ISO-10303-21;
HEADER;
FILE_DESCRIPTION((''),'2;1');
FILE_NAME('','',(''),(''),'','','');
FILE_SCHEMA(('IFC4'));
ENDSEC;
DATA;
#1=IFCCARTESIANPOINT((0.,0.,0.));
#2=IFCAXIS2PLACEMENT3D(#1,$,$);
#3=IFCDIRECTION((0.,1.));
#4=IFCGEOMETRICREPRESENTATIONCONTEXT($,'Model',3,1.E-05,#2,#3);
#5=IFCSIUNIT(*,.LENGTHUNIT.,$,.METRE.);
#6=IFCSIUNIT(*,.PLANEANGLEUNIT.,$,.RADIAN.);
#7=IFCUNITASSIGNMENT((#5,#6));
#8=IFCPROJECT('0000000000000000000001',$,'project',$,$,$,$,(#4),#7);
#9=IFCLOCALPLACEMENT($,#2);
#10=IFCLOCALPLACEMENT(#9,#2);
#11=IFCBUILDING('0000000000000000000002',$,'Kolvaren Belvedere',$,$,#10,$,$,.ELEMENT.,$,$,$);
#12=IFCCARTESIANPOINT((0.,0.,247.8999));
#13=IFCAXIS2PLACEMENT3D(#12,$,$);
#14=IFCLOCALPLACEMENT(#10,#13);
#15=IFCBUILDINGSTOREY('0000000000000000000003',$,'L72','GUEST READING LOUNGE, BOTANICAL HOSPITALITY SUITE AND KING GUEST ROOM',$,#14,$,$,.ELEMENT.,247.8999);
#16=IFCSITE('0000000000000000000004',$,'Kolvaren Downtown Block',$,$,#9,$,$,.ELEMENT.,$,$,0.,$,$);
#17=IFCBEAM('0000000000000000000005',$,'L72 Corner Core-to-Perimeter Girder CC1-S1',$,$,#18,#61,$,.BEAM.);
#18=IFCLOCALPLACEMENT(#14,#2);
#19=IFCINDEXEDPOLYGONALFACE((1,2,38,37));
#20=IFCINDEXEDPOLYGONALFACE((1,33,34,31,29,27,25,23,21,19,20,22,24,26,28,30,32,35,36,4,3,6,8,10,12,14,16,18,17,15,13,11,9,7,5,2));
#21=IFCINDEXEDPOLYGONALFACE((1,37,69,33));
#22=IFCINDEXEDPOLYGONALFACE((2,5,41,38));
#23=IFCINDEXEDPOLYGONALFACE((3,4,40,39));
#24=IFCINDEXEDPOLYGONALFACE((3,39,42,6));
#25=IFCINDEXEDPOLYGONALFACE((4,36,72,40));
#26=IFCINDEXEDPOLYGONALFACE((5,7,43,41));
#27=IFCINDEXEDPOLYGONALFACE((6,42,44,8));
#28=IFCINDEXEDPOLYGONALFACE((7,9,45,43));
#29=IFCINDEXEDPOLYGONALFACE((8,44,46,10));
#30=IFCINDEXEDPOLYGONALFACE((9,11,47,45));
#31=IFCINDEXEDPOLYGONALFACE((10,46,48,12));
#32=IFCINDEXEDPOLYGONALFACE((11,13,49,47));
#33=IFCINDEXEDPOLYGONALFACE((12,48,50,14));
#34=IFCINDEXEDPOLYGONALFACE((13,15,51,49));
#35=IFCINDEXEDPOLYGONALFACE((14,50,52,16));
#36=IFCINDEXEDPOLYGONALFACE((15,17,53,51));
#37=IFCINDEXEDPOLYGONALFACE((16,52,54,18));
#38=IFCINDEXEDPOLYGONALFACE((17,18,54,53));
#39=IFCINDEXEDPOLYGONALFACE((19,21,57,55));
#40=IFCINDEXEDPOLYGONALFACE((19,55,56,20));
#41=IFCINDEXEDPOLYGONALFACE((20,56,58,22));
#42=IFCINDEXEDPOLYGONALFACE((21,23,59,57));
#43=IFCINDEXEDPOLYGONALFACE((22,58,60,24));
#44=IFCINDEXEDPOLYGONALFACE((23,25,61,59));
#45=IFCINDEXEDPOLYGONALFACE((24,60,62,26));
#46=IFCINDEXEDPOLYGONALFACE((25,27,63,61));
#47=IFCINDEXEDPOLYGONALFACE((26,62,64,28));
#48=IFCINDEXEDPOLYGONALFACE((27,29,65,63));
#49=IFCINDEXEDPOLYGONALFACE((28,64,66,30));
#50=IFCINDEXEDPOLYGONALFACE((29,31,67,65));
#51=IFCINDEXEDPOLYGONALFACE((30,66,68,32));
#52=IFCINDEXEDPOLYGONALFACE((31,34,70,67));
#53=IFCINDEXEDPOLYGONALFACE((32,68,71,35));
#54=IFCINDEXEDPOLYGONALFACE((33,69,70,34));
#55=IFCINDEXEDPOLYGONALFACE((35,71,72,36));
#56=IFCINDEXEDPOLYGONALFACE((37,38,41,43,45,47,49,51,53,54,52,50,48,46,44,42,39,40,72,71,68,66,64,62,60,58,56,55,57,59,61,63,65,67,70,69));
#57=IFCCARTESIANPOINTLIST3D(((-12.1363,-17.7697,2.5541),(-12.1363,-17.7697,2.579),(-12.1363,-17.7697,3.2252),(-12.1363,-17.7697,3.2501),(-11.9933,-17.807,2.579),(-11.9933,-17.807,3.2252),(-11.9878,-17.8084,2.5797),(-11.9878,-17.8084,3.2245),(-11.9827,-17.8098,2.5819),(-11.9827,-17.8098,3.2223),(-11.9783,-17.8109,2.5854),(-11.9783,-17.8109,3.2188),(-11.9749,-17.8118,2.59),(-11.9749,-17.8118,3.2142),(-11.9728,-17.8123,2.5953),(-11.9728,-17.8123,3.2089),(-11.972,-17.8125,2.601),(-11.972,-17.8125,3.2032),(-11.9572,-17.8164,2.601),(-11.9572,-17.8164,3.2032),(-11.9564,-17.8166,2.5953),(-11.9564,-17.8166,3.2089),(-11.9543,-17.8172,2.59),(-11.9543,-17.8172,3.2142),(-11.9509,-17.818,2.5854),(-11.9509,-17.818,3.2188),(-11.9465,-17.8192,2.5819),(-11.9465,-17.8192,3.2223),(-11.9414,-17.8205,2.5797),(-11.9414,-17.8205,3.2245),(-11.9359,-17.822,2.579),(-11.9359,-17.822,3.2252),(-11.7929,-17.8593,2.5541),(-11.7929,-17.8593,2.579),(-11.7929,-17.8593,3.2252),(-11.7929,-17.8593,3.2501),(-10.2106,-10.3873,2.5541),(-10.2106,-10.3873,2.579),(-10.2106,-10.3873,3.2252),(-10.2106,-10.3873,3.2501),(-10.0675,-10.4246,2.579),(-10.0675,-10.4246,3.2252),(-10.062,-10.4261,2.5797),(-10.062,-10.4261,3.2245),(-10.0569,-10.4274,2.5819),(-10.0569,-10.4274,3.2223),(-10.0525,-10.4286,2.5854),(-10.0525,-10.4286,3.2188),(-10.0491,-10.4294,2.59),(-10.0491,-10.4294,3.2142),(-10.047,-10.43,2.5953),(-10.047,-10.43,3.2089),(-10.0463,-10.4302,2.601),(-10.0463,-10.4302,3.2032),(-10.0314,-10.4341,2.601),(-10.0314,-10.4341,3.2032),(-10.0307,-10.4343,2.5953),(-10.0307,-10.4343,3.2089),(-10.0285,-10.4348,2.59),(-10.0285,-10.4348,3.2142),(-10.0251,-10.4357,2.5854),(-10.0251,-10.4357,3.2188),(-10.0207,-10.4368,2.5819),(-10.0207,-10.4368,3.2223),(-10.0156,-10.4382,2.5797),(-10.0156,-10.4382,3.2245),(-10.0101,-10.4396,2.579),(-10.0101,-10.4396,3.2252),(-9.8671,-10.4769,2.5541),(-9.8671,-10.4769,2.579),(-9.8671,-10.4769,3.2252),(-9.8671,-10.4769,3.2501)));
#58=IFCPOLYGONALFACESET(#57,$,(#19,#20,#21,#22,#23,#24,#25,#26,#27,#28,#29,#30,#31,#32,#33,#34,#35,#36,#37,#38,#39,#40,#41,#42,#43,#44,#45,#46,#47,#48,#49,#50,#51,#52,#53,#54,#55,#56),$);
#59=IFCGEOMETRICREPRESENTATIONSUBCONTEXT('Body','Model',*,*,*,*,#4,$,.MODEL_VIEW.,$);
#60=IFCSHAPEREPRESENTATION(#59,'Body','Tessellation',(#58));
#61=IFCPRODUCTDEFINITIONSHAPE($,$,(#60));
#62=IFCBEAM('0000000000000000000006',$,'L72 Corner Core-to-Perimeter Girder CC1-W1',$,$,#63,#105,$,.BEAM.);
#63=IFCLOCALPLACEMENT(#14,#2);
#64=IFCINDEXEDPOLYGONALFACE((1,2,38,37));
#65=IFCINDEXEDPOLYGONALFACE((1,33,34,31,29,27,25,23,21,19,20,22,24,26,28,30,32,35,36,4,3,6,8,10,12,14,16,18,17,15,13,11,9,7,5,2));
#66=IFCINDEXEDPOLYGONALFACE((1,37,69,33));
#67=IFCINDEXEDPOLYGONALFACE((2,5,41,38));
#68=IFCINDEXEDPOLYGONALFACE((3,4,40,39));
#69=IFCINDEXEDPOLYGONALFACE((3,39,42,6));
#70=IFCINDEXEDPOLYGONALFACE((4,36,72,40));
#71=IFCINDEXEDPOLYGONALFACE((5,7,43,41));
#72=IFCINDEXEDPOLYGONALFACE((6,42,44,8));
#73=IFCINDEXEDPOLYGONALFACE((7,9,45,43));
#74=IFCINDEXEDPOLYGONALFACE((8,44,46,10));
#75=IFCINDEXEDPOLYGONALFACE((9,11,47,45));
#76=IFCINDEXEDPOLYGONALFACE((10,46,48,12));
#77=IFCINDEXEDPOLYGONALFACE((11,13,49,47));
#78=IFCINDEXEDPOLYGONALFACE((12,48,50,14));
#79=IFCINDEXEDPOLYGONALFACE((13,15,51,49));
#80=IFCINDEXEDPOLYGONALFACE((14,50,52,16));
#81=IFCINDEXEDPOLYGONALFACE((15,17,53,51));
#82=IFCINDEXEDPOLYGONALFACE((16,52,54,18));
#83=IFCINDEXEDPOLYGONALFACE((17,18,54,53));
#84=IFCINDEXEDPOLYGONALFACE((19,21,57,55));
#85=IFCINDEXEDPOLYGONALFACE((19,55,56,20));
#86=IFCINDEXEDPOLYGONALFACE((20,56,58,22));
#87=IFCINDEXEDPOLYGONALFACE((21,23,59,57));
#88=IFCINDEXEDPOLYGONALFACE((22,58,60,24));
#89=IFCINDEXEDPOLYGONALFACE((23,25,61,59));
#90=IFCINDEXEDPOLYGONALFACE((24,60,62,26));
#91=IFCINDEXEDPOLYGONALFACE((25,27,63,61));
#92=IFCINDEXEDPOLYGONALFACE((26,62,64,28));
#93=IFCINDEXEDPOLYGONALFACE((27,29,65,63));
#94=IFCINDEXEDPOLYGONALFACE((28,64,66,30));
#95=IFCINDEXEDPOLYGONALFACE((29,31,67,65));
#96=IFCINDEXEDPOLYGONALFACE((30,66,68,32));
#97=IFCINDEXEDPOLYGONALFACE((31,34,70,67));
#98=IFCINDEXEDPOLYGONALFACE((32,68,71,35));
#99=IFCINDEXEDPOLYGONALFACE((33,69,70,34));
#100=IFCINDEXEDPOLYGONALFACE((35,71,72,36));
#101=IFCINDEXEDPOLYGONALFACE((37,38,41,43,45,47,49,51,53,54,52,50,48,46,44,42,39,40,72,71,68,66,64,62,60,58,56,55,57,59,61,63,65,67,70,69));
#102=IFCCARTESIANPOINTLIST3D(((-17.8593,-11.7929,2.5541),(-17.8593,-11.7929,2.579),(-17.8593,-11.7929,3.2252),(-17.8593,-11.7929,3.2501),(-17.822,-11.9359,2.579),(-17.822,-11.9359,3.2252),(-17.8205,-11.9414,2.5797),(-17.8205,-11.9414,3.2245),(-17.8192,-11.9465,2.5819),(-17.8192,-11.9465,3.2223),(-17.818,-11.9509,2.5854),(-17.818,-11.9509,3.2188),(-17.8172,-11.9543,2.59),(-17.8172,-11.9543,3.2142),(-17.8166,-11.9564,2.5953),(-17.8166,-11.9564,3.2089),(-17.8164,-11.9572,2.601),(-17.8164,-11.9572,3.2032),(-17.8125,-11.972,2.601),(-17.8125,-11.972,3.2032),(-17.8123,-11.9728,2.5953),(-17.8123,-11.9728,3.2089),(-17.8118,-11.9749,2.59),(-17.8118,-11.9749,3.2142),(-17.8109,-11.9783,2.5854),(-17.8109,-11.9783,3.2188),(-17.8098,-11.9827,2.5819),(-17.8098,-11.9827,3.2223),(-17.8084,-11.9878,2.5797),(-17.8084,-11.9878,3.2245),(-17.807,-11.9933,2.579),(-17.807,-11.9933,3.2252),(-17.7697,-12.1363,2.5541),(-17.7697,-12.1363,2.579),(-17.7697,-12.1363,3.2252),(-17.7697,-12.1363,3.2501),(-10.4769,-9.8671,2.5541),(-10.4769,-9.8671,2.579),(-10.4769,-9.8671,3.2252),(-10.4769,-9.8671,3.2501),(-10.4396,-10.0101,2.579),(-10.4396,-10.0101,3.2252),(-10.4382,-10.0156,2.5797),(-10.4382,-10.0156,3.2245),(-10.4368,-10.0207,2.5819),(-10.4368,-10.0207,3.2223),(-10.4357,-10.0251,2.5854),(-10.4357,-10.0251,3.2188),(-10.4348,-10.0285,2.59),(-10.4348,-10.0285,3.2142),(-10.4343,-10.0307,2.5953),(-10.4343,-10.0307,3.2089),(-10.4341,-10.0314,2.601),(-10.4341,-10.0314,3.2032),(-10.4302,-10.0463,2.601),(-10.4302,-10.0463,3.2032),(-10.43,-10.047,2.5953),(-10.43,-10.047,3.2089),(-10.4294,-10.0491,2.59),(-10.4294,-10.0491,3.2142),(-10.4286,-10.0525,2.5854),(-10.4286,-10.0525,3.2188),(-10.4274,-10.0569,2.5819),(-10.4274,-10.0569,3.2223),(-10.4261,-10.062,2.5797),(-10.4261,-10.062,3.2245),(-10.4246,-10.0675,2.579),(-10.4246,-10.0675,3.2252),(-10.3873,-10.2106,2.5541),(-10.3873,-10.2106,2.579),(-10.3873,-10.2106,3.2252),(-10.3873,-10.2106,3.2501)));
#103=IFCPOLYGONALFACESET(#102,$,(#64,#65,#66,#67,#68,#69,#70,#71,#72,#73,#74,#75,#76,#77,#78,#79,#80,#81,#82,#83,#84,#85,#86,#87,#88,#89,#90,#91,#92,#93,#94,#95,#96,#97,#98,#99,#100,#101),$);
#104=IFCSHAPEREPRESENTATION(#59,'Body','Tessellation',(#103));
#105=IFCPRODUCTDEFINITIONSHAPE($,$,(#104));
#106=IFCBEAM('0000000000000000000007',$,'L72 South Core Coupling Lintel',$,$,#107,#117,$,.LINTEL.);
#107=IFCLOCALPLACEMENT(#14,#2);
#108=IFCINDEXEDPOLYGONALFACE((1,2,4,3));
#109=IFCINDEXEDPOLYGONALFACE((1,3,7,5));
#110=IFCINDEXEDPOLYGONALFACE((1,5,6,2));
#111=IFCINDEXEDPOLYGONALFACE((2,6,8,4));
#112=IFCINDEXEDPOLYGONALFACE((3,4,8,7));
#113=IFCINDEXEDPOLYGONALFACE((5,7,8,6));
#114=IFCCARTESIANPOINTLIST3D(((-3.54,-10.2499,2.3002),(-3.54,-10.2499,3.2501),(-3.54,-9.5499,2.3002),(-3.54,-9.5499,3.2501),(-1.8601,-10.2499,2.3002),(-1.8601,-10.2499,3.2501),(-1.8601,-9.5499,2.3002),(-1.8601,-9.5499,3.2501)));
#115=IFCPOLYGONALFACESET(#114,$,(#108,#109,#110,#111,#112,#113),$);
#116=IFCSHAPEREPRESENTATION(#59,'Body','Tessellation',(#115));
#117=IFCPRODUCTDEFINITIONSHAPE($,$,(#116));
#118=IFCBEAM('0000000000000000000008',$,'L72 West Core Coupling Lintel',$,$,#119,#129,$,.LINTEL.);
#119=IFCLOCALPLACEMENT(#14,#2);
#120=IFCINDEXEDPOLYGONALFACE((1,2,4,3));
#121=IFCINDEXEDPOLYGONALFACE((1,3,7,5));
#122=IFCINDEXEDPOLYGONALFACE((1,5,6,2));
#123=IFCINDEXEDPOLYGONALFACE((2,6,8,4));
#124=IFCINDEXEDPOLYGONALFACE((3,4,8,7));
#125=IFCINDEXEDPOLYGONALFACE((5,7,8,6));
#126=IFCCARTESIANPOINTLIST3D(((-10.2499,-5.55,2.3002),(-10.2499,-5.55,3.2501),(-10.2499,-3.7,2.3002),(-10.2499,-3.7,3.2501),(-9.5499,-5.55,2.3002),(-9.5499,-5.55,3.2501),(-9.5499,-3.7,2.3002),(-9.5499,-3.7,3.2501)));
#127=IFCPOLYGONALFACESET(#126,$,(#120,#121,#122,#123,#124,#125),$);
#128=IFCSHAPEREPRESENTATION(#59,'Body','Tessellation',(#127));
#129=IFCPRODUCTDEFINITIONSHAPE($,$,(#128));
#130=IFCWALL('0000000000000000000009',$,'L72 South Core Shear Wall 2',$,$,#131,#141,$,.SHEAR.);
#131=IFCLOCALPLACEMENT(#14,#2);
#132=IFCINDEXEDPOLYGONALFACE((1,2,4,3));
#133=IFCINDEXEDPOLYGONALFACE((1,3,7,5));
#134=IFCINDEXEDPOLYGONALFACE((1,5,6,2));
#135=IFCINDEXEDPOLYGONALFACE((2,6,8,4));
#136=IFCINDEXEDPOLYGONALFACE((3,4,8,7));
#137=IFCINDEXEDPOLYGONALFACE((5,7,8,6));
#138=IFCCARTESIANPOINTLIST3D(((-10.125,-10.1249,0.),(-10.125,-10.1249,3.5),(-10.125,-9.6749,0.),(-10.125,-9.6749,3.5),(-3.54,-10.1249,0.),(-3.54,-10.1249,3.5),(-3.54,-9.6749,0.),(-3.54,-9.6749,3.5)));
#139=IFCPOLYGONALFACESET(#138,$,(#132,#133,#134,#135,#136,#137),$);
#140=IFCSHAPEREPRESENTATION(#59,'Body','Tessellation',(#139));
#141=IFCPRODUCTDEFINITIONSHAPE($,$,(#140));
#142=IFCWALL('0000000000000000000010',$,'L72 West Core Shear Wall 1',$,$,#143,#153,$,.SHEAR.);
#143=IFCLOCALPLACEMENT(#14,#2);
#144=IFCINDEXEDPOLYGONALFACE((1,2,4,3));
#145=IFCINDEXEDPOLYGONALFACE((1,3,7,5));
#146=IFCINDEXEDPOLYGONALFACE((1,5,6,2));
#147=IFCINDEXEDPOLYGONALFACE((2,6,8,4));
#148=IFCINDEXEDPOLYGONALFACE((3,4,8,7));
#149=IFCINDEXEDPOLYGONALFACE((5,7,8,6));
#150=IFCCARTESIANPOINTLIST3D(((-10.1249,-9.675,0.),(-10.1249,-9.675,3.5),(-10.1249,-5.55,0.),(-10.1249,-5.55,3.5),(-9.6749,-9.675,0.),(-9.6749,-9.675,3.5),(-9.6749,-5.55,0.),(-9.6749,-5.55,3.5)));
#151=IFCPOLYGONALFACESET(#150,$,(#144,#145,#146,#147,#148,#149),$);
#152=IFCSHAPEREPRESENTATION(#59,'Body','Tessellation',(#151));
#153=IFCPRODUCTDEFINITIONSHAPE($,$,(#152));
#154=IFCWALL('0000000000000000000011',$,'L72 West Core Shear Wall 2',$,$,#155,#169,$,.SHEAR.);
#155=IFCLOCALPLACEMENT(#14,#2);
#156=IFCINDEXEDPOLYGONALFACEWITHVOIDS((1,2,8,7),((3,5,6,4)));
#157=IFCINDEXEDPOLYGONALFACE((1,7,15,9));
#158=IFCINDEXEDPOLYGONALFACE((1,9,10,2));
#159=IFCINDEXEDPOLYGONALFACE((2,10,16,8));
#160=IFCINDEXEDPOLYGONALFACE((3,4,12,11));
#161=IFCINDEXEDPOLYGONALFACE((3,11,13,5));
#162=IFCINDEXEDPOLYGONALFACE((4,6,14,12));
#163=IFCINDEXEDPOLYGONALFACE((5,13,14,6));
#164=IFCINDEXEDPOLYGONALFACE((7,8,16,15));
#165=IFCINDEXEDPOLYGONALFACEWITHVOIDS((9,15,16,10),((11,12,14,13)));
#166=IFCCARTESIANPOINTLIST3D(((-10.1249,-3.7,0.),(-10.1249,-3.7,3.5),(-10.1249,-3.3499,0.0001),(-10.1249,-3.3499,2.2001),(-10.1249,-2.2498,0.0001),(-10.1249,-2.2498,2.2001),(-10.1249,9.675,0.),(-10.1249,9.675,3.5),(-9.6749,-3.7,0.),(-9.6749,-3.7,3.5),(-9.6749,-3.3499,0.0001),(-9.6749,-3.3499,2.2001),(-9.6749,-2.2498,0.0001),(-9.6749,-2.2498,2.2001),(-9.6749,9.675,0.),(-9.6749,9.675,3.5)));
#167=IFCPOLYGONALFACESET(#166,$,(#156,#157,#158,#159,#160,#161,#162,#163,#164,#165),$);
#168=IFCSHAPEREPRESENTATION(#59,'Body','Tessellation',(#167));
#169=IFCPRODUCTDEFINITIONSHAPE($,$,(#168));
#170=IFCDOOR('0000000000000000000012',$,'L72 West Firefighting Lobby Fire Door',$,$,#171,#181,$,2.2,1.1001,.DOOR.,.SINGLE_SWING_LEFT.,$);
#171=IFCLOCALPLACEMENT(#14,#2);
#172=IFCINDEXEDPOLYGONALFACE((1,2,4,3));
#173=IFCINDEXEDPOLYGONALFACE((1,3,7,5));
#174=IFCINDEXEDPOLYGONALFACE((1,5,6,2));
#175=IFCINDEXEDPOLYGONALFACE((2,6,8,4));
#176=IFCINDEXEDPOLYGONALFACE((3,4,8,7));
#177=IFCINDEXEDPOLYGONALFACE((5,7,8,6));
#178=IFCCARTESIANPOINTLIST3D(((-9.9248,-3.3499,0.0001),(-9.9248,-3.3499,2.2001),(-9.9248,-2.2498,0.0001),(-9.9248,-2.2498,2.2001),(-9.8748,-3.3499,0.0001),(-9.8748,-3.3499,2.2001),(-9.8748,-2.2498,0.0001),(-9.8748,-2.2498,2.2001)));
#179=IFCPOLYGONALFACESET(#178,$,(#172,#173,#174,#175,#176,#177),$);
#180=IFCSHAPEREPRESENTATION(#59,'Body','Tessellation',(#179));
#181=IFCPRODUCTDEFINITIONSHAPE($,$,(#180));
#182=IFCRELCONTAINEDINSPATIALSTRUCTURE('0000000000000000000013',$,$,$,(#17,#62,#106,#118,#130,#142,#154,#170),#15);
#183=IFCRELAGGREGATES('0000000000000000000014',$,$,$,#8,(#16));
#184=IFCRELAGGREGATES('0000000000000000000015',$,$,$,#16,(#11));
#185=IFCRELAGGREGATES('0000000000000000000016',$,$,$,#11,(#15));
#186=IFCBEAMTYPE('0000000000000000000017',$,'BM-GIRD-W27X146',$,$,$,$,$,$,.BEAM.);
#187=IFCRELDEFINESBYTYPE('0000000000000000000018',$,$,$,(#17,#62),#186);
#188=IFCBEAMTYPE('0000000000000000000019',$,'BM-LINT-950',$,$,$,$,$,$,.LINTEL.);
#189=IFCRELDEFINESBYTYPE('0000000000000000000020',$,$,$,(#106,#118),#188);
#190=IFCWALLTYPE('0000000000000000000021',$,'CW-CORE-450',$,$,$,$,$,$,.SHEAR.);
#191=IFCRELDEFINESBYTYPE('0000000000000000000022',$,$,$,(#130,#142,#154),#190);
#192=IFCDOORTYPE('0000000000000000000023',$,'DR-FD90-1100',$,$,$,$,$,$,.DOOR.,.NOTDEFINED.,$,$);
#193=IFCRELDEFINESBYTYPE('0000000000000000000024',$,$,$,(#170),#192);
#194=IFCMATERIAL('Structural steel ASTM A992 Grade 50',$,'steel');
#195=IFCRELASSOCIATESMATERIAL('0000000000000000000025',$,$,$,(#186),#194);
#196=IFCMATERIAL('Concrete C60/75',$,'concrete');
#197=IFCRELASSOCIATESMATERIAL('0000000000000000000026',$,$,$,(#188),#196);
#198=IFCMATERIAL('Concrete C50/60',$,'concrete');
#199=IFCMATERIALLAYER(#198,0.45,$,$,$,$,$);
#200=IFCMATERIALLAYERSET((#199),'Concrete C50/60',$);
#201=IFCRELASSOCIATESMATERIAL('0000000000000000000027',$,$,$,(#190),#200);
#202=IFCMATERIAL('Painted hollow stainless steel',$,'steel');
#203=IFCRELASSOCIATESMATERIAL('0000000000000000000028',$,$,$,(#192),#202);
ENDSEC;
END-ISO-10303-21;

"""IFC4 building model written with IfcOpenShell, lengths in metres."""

from ifc_helpers import new_model, si_unit, direction, frame, frame_2d, origin, origin_2d, place, context, subcontext, project, spatial, rectangle, i_section, extrude, material, layer, layer_set, material_profile, profile_set, type_object, element, fill, save


model = new_model("IFC4")

# Units and contexts
model_context = context("Model", 3, precision=1e-05, world=origin(), true_north=direction((0.0, 1.0)))
body_context = subcontext(model_context, "Body", "Model", "MODEL_VIEW")
ifc_project = project(units=[si_unit("LENGTHUNIT", "METRE"), si_unit("PLANEANGLEUNIT", "RADIAN")], contexts=[model_context])

# Site, building, storey
site_placement = place(None, origin())
site = spatial("IfcSite", under=ifc_project, at=site_placement, Name="Kolvaren Downtown Block", CompositionType="ELEMENT", RefElevation=0.0)
building_placement = place(site_placement, origin())
building = spatial("IfcBuilding", under=site, at=building_placement, Name="Kolvaren Belvedere", CompositionType="ELEMENT")
storey_placement = place(building_placement, frame((0.0, 0.0, 247.8999)))
storey = spatial("IfcBuildingStorey", under=building, at=storey_placement, Name="L72", Description="GUEST READING LOUNGE, BOTANICAL HOSPITALITY SUITE AND KING GUEST ROOM", CompositionType="ELEMENT", Elevation=247.8999)

# Beams
ifc_material_1 = material(Name="Structural steel ASTM A992 Grade 50", Category="steel")
ifc_material_profile_1 = material_profile(ifc_material_1, i_section(OverallWidth=0.355, OverallDepth=0.696, WebThickness=0.0154, FlangeThickness=0.0249, FilletRadius=0.022, at=origin_2d()), Name="W27X146")
ifc_profile_set_1 = profile_set([ifc_material_profile_1], Name="Structural steel ASTM A992 Grade 50")
beam_type_1 = type_object("IfcBeamType", Name="BM-GIRD-W27X146", PredefinedType="BEAM", material=ifc_profile_set_1)
for number, where, z_axis, x_axis, name in (
    (1, (-10.0388, -10.4321, 2.9021), (-0.252417, -0.967619, 0.0), (0.967619, -0.252417, 0.0), "L72 Corner Core-to-Perimeter Girder CC1-S1"),
    (2, (-10.4321, -10.0388, 2.9021), (-0.967619, -0.252417, 0.0), (0.252417, -0.967619, 0.0), "L72 Corner Core-to-Perimeter Girder CC1-W1"),
):
    element("IfcBeam", number, at=place(storey_placement, frame(where, z_axis=z_axis, x_axis=x_axis)), inside=storey, type_object=beam_type_1, Name=name, PredefinedType="BEAM", context=body_context, shape_type="SweptSolid", body=[
        extrude(i_section(OverallWidth=0.355, OverallDepth=0.696, WebThickness=0.0154, FlangeThickness=0.0249, FilletRadius=0.022, at=origin_2d()), origin(), (0.0, 0.0, 1.0), 7.6294),
    ])
ifc_material_2 = material(Name="Concrete C60/75", Category="concrete")
ifc_material_profile_2 = material_profile(ifc_material_2, rectangle(XDim=0.7, YDim=0.95, at=origin_2d()), Name="RC 700X950")
ifc_profile_set_2 = profile_set([ifc_material_profile_2], Name="Concrete C60/75")
beam_type_2 = type_object("IfcBeamType", Name="BM-LINT-950", PredefinedType="LINTEL", material=ifc_profile_set_2)
beam_1_placement = place(storey_placement, frame((-3.54, -9.8999, 2.7751), z_axis=(1.0, 0.0, 0.0), x_axis=(0.0, 1.0, 0.0)))
element("IfcBeam", 3, at=beam_1_placement, inside=storey, type_object=beam_type_2, Name="L72 South Core Coupling Lintel", PredefinedType="LINTEL", context=body_context, shape_type="SweptSolid", body=[
    extrude(rectangle(XDim=0.7, YDim=0.95, at=origin_2d()), origin(), (0.0, 0.0, 1.0), 1.6799),
])
beam_2_placement = place(storey_placement, frame((-9.8999, -5.55, 2.7751), z_axis=(0.0, 1.0, 0.0), x_axis=(-1.0, 0.0, 0.0)))
element("IfcBeam", 4, at=beam_2_placement, inside=storey, type_object=beam_type_2, Name="L72 West Core Coupling Lintel", PredefinedType="LINTEL", context=body_context, shape_type="SweptSolid", body=[
    extrude(rectangle(XDim=0.7, YDim=0.95, at=origin_2d()), origin(), (0.0, 0.0, 1.0), 1.8501),
])

# Walls
ifc_material_3 = material(Name="Concrete C50/60", Category="concrete")
ifc_layer_1 = layer(ifc_material_3, 0.45)
ifc_layer_set_1 = layer_set([ifc_layer_1], Name="Concrete C50/60")
wall_type_1 = type_object("IfcWallType", Name="CW-CORE-450", PredefinedType="SHEAR", material=ifc_layer_set_1)
wall_1_placement = place(storey_placement, frame((-3.54, -9.8999, 0.0), z_axis=(0.0, 0.0, 1.0), x_axis=(-1.0, 0.0, 0.0)))
element("IfcWall", 5, at=wall_1_placement, inside=storey, type_object=wall_type_1, Name="L72 South Core Shear Wall 2", PredefinedType="SHEAR", context=body_context, shape_type="SweptSolid", body=[
    extrude(rectangle(XDim=6.585, YDim=0.45, at=frame_2d((3.2925, 0.0))), origin(), (0.0, 0.0, 1.0), 3.5),
])
wall_2_placement = place(storey_placement, frame((-9.8999, -9.675, 0.0), z_axis=(0.0, 0.0, 1.0), x_axis=(0.0, 1.0, 0.0)))
element("IfcWall", 6, at=wall_2_placement, inside=storey, type_object=wall_type_1, Name="L72 West Core Shear Wall 1", PredefinedType="SHEAR", context=body_context, shape_type="SweptSolid", body=[
    extrude(rectangle(XDim=4.125, YDim=0.45, at=frame_2d((2.0625, 0.0))), origin(), (0.0, 0.0, 1.0), 3.5),
])

# Wall, opening, door
wall_3_placement = place(storey_placement, frame((-9.8999, -3.7, 0.0), z_axis=(0.0, 0.0, 1.0), x_axis=(0.0, 1.0, 0.0)))
wall_3 = element("IfcWall", 7, at=wall_3_placement, inside=storey, type_object=wall_type_1, Name="L72 West Core Shear Wall 2", PredefinedType="SHEAR", context=body_context, shape_type="SweptSolid", body=[
    extrude(rectangle(XDim=13.375, YDim=0.45, at=frame_2d((6.6875, 0.0))), origin(), (0.0, 0.0, 1.0), 3.5),
])
opening_1_placement = place(wall_3_placement, frame((0.3501, 0.0, 0.0)))
opening_1 = element("IfcOpeningElement", 8, at=opening_1_placement, cuts=wall_3, PredefinedType="OPENING", context=body_context, shape_type="SweptSolid", body=[
    extrude(rectangle(XDim=1.1001, YDim=2.2, at=frame_2d((0.55, 1.1001))), frame((0.0, 0.2349, 0.0), z_axis=(0.0, -1.0, 0.0), x_axis=(1.0, 0.0, 0.0)), (0.0, 0.0, 1.0), 0.47),
])
ifc_material_4 = material(Name="Painted hollow stainless steel", Category="steel")
door_type_1 = type_object("IfcDoorType", Name="DR-FD90-1100", OperationType="NOTDEFINED", PredefinedType="DOOR", material=ifc_material_4)
door_1_placement = place(opening_1_placement, origin())
door_1 = element("IfcDoor", 9, at=door_1_placement, inside=storey, type_object=door_type_1, Name="L72 West Firefighting Lobby Fire Door", OperationType="SINGLE_SWING_LEFT", OverallHeight=2.2, OverallWidth=1.1001, PredefinedType="DOOR", context=body_context, shape_type="SweptSolid", body=[
    extrude(rectangle(XDim=1.1001, YDim=2.2, at=frame_2d((0.55, 1.1001))), frame((0.0, 0.0249, 0.0), z_axis=(0.0, -1.0, 0.0), x_axis=(1.0, 0.0, 0.0)), (0.0, 0.0, 1.0), 0.05),
])
fill(opening_1, door_1)

save(model, "model.ifc")
